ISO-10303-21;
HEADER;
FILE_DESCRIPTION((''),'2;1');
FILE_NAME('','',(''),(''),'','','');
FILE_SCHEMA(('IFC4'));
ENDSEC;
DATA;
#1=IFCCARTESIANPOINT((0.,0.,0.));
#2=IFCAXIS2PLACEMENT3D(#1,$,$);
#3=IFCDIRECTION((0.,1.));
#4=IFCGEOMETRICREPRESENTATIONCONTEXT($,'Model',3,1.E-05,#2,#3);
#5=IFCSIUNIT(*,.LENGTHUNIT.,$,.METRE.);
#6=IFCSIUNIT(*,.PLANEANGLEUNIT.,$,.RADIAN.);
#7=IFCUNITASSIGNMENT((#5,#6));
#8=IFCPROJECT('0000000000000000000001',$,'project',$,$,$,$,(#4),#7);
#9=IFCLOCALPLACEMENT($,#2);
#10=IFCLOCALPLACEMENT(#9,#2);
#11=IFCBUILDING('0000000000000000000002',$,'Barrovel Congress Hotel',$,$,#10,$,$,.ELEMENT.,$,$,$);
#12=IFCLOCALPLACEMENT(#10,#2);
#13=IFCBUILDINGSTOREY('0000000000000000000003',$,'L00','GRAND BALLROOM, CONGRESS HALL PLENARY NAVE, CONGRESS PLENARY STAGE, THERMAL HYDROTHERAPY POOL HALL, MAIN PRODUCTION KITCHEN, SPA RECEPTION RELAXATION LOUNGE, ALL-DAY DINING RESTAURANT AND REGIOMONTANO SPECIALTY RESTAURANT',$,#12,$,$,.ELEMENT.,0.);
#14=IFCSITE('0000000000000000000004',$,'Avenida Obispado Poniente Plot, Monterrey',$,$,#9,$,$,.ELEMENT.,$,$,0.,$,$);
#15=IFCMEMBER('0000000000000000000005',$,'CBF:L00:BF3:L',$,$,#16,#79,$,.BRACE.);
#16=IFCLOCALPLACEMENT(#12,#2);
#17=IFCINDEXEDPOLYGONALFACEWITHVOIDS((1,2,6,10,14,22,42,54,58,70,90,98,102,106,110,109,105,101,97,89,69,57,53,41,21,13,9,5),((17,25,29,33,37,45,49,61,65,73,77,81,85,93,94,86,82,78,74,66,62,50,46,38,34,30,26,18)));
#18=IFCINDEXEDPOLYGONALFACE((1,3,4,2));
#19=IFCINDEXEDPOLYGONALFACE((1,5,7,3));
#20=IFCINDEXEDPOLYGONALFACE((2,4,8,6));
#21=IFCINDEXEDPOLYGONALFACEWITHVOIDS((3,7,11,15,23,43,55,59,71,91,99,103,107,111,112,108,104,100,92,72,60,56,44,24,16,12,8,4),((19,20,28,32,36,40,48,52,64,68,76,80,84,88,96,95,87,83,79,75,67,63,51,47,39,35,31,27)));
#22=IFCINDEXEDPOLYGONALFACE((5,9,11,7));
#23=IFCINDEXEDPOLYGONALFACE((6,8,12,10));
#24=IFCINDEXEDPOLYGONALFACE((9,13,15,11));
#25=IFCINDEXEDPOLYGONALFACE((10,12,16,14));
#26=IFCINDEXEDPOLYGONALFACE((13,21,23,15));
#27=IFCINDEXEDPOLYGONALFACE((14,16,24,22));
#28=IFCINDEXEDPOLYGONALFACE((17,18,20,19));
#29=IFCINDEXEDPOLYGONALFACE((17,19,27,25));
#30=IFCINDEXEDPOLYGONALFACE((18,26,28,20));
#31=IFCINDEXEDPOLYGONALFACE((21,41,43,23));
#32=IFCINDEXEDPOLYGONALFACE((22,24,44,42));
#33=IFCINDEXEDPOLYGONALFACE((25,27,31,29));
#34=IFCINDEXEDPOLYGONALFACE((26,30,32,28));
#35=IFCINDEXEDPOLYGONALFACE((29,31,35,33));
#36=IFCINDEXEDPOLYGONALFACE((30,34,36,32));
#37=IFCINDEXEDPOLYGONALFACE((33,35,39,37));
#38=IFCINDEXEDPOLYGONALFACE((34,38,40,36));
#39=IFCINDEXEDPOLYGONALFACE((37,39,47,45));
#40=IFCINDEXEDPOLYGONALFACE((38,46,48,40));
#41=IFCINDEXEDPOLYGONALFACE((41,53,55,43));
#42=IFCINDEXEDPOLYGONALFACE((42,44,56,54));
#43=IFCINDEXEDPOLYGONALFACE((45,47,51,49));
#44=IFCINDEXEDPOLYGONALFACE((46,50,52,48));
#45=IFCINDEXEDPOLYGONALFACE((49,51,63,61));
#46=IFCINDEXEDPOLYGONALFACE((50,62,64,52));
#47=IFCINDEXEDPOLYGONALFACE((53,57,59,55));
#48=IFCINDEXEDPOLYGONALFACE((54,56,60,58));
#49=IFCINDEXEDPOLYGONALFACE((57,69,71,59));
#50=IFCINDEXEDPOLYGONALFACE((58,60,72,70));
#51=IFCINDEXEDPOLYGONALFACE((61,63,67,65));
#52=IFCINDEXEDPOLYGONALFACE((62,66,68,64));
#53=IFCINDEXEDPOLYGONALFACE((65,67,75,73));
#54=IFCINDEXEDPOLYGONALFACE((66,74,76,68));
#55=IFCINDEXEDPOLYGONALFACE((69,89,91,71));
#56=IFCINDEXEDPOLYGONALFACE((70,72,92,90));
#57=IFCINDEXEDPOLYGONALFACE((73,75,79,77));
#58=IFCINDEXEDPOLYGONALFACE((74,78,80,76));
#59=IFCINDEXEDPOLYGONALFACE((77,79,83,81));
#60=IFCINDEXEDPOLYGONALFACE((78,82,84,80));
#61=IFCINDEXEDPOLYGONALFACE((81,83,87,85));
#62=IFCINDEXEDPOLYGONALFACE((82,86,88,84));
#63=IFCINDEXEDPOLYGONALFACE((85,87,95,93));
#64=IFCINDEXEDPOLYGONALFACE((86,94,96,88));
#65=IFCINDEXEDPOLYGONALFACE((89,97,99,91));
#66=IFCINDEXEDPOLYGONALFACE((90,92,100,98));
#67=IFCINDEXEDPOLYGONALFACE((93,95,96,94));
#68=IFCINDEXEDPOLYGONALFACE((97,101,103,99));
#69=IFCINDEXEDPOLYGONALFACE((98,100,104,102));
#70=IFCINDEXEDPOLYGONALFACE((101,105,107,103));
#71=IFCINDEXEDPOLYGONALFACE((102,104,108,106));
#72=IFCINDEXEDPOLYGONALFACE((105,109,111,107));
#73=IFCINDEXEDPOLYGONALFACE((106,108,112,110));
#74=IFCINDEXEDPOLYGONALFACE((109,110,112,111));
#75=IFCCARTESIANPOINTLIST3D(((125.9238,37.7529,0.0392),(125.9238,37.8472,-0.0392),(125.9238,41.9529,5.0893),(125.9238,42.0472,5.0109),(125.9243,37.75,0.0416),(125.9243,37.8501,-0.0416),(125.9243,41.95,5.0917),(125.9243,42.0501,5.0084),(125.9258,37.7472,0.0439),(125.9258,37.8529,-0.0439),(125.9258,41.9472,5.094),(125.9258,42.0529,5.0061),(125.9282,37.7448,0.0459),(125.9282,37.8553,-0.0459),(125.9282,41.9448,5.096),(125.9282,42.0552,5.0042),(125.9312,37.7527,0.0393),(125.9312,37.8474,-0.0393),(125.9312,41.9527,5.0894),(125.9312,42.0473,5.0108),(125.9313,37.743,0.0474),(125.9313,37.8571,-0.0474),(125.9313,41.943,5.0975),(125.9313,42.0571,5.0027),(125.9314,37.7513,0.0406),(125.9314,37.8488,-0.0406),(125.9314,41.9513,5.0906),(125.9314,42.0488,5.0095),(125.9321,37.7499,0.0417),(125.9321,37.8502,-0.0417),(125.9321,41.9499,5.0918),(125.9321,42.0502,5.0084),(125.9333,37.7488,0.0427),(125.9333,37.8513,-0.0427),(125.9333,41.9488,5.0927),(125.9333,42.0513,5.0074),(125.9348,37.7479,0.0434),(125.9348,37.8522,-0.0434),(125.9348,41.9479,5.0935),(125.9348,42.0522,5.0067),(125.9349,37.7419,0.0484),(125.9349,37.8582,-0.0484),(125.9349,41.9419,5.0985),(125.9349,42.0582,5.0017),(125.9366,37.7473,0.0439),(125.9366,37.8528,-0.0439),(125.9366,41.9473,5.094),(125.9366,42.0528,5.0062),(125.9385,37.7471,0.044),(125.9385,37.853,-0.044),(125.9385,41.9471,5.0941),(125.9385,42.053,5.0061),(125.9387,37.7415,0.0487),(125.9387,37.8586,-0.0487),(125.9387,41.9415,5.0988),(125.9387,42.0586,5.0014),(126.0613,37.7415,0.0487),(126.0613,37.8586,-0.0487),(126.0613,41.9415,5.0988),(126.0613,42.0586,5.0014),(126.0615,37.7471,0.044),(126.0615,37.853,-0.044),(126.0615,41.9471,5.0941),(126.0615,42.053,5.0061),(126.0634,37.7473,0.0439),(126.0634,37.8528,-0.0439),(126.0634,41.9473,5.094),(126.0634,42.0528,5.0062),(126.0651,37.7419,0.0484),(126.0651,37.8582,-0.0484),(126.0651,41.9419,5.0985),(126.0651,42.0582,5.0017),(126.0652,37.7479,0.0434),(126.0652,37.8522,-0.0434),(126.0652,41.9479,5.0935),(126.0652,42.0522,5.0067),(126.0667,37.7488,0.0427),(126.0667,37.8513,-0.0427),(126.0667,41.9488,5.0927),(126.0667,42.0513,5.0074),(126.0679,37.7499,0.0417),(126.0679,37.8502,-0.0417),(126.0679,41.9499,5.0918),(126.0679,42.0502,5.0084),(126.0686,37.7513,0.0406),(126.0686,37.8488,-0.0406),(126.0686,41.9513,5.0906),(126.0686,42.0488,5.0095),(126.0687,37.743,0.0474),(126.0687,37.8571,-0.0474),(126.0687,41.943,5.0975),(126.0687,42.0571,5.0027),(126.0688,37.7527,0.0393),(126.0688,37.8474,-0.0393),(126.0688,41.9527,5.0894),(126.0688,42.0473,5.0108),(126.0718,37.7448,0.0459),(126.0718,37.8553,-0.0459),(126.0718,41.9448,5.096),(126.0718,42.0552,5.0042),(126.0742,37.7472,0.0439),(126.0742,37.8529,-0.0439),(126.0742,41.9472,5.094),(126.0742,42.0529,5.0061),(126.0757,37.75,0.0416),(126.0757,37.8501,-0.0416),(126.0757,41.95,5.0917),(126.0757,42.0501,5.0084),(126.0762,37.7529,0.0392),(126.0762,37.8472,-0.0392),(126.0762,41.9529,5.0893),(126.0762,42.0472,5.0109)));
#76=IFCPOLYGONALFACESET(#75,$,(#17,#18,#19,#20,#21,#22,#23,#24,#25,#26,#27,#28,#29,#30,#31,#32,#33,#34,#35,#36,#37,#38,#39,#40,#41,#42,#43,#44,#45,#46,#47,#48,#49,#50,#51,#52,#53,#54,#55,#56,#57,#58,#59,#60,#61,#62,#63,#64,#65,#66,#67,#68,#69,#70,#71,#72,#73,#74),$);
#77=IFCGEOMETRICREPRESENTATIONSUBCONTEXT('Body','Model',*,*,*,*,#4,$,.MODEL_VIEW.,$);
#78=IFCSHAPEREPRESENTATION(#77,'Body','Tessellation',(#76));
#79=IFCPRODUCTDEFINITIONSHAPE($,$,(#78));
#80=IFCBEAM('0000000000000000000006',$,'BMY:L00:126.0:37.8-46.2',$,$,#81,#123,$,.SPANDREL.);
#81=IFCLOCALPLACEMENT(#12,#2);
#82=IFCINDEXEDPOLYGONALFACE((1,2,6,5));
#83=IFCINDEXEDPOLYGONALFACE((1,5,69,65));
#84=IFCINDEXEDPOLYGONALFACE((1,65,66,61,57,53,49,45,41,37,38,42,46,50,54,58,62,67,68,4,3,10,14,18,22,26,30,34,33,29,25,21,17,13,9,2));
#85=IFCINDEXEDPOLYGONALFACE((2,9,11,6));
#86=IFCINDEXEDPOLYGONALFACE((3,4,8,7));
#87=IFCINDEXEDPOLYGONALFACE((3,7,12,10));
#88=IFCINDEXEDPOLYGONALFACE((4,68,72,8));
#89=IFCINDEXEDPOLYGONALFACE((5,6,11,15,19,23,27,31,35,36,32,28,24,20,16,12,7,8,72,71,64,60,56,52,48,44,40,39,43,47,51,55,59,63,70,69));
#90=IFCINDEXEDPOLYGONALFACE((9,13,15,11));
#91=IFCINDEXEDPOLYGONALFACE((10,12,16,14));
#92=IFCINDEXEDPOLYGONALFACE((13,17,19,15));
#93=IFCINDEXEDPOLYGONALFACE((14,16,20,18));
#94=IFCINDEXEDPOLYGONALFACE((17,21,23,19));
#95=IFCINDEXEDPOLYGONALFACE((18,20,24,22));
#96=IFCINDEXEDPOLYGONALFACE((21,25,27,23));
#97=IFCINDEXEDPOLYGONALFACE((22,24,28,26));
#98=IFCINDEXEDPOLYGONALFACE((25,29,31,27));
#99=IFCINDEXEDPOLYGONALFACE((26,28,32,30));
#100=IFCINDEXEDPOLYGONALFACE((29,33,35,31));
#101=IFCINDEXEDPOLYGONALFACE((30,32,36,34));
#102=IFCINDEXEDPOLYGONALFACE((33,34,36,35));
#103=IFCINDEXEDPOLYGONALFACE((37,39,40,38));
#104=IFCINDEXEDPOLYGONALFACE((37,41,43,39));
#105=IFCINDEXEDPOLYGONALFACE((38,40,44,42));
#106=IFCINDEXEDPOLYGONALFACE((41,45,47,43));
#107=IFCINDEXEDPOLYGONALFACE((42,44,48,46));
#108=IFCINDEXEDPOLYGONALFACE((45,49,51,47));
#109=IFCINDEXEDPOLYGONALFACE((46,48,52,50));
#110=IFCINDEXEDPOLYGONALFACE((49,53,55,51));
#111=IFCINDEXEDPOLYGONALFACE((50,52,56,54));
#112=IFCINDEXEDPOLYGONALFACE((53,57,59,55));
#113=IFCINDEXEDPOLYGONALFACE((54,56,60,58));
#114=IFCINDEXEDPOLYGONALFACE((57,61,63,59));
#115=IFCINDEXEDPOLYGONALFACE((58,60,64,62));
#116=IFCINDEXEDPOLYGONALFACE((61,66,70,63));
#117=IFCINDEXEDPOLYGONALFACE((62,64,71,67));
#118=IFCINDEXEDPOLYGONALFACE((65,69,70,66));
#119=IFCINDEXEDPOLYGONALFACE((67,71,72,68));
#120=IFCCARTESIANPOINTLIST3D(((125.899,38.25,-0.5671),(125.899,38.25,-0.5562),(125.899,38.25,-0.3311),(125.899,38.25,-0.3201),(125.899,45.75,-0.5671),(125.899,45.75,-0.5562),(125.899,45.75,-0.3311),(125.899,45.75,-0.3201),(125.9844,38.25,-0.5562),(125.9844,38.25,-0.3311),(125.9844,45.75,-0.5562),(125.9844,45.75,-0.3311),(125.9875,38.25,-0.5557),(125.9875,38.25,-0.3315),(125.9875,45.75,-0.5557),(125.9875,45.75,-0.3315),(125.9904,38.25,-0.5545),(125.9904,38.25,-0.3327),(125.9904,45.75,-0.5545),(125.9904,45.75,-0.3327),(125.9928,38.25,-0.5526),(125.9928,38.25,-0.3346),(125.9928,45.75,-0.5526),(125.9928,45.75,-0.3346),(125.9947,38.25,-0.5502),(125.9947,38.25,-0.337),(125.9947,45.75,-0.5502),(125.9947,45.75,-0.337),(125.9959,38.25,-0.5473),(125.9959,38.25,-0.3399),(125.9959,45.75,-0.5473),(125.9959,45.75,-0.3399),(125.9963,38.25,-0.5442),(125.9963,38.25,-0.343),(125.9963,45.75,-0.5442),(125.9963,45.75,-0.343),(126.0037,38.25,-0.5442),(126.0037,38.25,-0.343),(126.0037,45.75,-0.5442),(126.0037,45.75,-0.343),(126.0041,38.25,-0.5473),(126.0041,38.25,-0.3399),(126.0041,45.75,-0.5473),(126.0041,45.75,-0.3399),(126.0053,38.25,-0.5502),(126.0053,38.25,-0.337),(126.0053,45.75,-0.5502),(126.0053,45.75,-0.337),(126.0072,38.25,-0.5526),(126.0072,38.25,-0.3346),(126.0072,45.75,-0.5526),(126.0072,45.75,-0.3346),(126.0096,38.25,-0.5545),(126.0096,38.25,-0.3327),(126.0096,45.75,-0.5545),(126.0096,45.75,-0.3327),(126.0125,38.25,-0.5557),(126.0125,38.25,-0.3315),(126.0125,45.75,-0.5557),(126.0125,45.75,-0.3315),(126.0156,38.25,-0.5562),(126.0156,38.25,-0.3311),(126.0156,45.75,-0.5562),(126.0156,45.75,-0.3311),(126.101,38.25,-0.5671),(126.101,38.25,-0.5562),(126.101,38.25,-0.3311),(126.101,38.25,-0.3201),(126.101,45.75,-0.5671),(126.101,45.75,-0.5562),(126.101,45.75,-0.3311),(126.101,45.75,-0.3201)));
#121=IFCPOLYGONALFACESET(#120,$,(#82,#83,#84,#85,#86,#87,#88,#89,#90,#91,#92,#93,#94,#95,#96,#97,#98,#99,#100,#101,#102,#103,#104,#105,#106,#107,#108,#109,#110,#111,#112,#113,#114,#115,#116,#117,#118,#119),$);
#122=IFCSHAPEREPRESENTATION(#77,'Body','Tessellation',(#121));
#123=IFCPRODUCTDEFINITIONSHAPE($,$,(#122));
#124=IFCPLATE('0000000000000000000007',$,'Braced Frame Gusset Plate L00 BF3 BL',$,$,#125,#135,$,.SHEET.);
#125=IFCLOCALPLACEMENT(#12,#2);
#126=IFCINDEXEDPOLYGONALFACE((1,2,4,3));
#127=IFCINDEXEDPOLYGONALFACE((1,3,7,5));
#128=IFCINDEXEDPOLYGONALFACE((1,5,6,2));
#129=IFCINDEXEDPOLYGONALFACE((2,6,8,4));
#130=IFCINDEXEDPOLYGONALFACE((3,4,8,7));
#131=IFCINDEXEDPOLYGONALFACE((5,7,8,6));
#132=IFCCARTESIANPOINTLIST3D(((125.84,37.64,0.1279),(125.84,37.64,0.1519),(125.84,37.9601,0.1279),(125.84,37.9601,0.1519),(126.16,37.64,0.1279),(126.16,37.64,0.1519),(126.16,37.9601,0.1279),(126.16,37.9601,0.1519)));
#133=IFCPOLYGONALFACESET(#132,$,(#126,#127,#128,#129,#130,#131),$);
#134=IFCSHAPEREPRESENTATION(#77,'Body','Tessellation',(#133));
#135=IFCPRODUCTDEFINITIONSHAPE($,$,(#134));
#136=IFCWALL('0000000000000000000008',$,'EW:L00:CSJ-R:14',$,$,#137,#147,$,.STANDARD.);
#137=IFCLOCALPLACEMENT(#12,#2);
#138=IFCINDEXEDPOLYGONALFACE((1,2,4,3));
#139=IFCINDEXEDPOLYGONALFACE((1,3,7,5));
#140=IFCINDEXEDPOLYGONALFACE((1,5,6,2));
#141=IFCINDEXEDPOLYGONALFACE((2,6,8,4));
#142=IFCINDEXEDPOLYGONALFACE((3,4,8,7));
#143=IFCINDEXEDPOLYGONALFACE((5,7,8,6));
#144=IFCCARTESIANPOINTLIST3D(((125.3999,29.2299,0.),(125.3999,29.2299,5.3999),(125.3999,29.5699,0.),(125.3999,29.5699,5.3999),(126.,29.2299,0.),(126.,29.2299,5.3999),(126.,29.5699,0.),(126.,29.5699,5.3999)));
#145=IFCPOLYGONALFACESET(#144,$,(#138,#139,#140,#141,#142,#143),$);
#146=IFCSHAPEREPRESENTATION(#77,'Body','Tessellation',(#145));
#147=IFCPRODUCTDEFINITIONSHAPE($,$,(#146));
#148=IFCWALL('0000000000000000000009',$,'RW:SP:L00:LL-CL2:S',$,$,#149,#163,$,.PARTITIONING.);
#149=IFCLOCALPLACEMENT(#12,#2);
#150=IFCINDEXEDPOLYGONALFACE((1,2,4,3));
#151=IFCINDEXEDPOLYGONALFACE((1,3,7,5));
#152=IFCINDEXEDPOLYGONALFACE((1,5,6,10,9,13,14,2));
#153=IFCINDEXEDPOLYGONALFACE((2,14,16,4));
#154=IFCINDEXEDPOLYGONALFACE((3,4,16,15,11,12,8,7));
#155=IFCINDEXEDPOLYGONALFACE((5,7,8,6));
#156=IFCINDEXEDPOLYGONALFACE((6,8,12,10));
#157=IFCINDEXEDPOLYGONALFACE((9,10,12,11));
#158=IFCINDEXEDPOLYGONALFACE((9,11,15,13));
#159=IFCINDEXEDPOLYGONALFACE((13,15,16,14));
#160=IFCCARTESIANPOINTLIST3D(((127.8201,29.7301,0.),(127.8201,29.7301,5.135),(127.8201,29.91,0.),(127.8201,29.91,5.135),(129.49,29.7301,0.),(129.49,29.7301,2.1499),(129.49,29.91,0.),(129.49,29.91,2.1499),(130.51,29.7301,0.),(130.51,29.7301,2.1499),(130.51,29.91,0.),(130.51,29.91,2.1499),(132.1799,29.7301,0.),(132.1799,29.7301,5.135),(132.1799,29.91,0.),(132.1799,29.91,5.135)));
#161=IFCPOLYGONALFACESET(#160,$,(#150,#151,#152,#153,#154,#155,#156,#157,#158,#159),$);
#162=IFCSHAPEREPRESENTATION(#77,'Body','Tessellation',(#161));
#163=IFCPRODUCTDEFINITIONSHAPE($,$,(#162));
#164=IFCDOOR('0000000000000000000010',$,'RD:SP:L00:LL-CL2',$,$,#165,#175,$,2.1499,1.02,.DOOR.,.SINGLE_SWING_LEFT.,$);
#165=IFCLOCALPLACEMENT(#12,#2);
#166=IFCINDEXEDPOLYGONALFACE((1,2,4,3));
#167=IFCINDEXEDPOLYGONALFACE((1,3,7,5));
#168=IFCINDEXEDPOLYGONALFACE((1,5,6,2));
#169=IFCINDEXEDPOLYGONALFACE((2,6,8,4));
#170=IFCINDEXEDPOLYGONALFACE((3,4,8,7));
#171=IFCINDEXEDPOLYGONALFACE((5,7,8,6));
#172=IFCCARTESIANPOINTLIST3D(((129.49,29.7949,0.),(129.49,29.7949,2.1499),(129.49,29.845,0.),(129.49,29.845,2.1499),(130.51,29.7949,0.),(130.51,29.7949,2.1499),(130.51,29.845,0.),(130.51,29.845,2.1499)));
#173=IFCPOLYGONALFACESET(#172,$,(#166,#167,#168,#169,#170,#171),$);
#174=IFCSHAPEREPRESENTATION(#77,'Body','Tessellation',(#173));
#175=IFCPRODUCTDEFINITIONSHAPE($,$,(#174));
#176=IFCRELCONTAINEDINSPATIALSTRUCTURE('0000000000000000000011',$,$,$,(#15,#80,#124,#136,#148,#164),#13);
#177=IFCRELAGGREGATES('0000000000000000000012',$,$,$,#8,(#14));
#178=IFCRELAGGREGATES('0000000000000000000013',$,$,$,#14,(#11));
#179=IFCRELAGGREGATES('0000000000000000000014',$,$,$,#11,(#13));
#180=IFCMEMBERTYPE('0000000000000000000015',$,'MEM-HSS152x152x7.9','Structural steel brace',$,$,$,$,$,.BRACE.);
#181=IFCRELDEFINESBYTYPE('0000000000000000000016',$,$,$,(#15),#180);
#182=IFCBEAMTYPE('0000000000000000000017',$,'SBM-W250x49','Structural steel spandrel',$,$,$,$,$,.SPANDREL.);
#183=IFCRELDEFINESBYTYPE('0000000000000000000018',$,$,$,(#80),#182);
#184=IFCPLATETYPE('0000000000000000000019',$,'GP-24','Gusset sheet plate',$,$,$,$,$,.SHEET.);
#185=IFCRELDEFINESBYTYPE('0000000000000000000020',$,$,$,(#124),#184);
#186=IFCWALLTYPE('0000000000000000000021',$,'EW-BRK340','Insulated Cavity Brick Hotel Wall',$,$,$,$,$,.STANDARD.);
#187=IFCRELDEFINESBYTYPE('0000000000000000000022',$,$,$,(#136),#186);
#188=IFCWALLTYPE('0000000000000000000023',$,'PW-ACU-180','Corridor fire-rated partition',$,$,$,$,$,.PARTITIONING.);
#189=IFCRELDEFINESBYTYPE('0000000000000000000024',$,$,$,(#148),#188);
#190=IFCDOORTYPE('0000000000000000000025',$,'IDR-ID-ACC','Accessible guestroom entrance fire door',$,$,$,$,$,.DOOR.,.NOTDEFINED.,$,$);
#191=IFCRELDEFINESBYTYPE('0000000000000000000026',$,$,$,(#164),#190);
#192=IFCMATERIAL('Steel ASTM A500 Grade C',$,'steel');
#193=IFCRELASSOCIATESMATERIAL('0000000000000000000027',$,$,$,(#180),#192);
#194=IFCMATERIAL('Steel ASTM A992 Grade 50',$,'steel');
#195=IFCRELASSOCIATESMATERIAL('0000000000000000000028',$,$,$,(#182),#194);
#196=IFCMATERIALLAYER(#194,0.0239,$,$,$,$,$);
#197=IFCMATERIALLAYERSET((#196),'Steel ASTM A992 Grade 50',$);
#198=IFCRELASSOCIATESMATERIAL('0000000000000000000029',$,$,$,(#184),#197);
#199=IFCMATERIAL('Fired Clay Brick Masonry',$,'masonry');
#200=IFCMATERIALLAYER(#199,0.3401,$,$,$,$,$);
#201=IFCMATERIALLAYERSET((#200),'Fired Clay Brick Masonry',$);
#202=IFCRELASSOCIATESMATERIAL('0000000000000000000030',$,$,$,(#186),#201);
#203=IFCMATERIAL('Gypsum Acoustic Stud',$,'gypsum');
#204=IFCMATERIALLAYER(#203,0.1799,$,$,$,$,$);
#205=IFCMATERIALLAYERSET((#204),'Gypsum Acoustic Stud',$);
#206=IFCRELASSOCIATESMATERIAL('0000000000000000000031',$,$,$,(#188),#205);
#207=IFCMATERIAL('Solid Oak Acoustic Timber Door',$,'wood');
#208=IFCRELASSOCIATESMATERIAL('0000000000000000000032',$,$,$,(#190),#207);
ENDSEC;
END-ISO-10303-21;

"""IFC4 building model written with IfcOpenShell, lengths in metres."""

from ifc_helpers import new_model, si_unit, direction, frame, frame_2d, origin, origin_2d, place, context, subcontext, project, spatial, rectangle, hollow_rectangle, i_section, extrude, material, layer, layer_set, material_profile, profile_set, type_object, element, fill, save


model = new_model("IFC4")

# Units and contexts
model_context = context("Model", 3, precision=1e-05, world=origin(), true_north=direction((0.0, 1.0)))
body_context = subcontext(model_context, "Body", "Model", "MODEL_VIEW")
ifc_project = project(units=[si_unit("LENGTHUNIT", "METRE"), si_unit("PLANEANGLEUNIT", "RADIAN")], contexts=[model_context])

# Site, building, storey
site_placement = place(None, origin())
site = spatial("IfcSite", under=ifc_project, at=site_placement, Name="Avenida Obispado Poniente Plot, Monterrey", CompositionType="ELEMENT", RefElevation=0.0)
building_placement = place(site_placement, origin())
building = spatial("IfcBuilding", under=site, at=building_placement, Name="Barrovel Congress Hotel", CompositionType="ELEMENT")
storey_placement = place(building_placement, origin())
storey = spatial("IfcBuildingStorey", under=building, at=storey_placement, Name="L00", Description="GRAND BALLROOM, CONGRESS HALL PLENARY NAVE, CONGRESS PLENARY STAGE, THERMAL HYDROTHERAPY POOL HALL, MAIN PRODUCTION KITCHEN, SPA RECEPTION RELAXATION LOUNGE, ALL-DAY DINING RESTAURANT AND REGIOMONTANO SPECIALTY RESTAURANT", CompositionType="ELEMENT", Elevation=0.0)

# Member
ifc_material_1 = material(Name="Steel ASTM A500 Grade C", Category="steel")
ifc_material_profile_1 = material_profile(ifc_material_1, hollow_rectangle(XDim=0.1523, YDim=0.1523, WallThickness=0.0073, InnerFilletRadius=0.0073, OuterFilletRadius=0.0149, at=origin_2d()), Name="HSS152x152x7.9")
ifc_profile_set_1 = profile_set([ifc_material_profile_1], Name="Steel ASTM A500 Grade C")
member_type_1 = type_object("IfcMemberType", Name="MEM-HSS152x152x7.9", Description="Structural steel brace", PredefinedType="BRACE", material=ifc_profile_set_1)
member_1_placement = place(storey_placement, frame((126.0, 37.8, 0.0), z_axis=(0.0, 0.639427, 0.768852), x_axis=(-1.0, 0.0, 0.0)))
element("IfcMember", 1, at=member_1_placement, inside=storey, type_object=member_type_1, Name="CBF:L00:BF3:L", PredefinedType="BRACE", context=body_context, shape_type="SweptSolid", body=[
    extrude(hollow_rectangle(XDim=0.1523, YDim=0.1523, WallThickness=0.0073, InnerFilletRadius=0.0073, OuterFilletRadius=0.0149, at=origin_2d()), origin(), (0.0, 0.0, 1.0), 6.5684),
])

# Beam
ifc_material_2 = material(Name="Steel ASTM A992 Grade 50", Category="steel")
ifc_material_profile_2 = material_profile(ifc_material_2, i_section(OverallWidth=0.2019, OverallDepth=0.2471, WebThickness=0.0073, FlangeThickness=0.011, FilletRadius=0.012, at=origin_2d()), Name="W250x49")
ifc_profile_set_2 = profile_set([ifc_material_profile_2], Name="Steel ASTM A992 Grade 50")
beam_type_1 = type_object("IfcBeamType", Name="SBM-W250x49", Description="Structural steel spandrel", PredefinedType="SPANDREL", material=ifc_profile_set_2)
beam_1_placement = place(storey_placement, frame((126.0, 38.25, -0.4436), z_axis=(0.0, 1.0, 0.0), x_axis=(-1.0, 0.0, 0.0)))
element("IfcBeam", 2, at=beam_1_placement, inside=storey, type_object=beam_type_1, Name="BMY:L00:126.0:37.8-46.2", PredefinedType="SPANDREL", context=body_context, shape_type="SweptSolid", body=[
    extrude(i_section(OverallWidth=0.2019, OverallDepth=0.2471, WebThickness=0.0073, FlangeThickness=0.011, FilletRadius=0.012, at=origin_2d()), origin(), (0.0, 0.0, 1.0), 7.5),
])

# Plate
ifc_layer_1 = layer(ifc_material_2, 0.0239)
ifc_layer_set_1 = layer_set([ifc_layer_1], Name="Steel ASTM A992 Grade 50")
plate_type = type_object("IfcPlateType", Name="GP-24", Description="Gusset sheet plate", PredefinedType="SHEET", material=ifc_layer_set_1)
plate_placement = place(storey_placement, frame((126.0, 37.8, 0.1279), z_axis=(0.0, 0.0, 1.0), x_axis=(1.0, 0.0, 0.0)))
element("IfcPlate", 3, at=plate_placement, inside=storey, type_object=plate_type, Name="Braced Frame Gusset Plate L00 BF3 BL", PredefinedType="SHEET", context=body_context, shape_type="SweptSolid", body=[
    extrude(rectangle(XDim=0.3201, YDim=0.3201, at=origin_2d()), origin(), (0.0, 0.0, 1.0), 0.0239),
])

# Wall
ifc_material_3 = material(Name="Fired Clay Brick Masonry", Category="masonry")
ifc_layer_2 = layer(ifc_material_3, 0.3401)
ifc_layer_set_2 = layer_set([ifc_layer_2], Name="Fired Clay Brick Masonry")
wall_type_1 = type_object("IfcWallType", Name="EW-BRK340", Description="Insulated Cavity Brick Hotel Wall", PredefinedType="STANDARD", material=ifc_layer_set_2)
wall_1_placement = place(storey_placement, frame((126.0, 29.3999, 0.0), z_axis=(0.0, 0.0, 1.0), x_axis=(-1.0, 0.0, 0.0)))
element("IfcWall", 4, at=wall_1_placement, inside=storey, type_object=wall_type_1, Name="EW:L00:CSJ-R:14", PredefinedType="STANDARD", context=body_context, shape_type="SweptSolid", body=[
    extrude(rectangle(XDim=0.6001, YDim=0.3401, at=frame_2d((0.3, 0.0))), origin(), (0.0, 0.0, 1.0), 5.3999),
])

# Wall, opening, door
ifc_material_4 = material(Name="Gypsum Acoustic Stud", Category="gypsum")
ifc_layer_3 = layer(ifc_material_4, 0.1799)
ifc_layer_set_3 = layer_set([ifc_layer_3], Name="Gypsum Acoustic Stud")
wall_type_2 = type_object("IfcWallType", Name="PW-ACU-180", Description="Corridor fire-rated partition", PredefinedType="PARTITIONING", material=ifc_layer_set_3)
wall_2_placement = place(storey_placement, frame((127.8201, 29.8201, 0.0), z_axis=(0.0, 0.0, 1.0), x_axis=(1.0, 0.0, 0.0)))
wall_2 = element("IfcWall", 5, at=wall_2_placement, inside=storey, type_object=wall_type_2, Name="RW:SP:L00:LL-CL2:S", PredefinedType="PARTITIONING", context=body_context, shape_type="SweptSolid", body=[
    extrude(rectangle(XDim=4.3599, YDim=0.1799, at=frame_2d((2.1799, 0.0))), origin(), (0.0, 0.0, 1.0), 5.135),
])
opening_1_placement = place(wall_2_placement, frame((1.6699, 0.0, 0.0)))
opening_1 = element("IfcOpeningElement", 6, at=opening_1_placement, cuts=wall_2, PredefinedType="OPENING", context=body_context, shape_type="SweptSolid", body=[
    extrude(rectangle(XDim=1.02, YDim=2.1499, at=frame_2d((0.51, 1.075))), frame((0.0, 0.1001, 0.0), z_axis=(0.0, -1.0, 0.0), x_axis=(1.0, 0.0, 0.0)), (0.0, 0.0, 1.0), 0.2),
])
ifc_material_5 = material(Name="Solid Oak Acoustic Timber Door", Category="wood")
door_type_1 = type_object("IfcDoorType", Name="IDR-ID-ACC", Description="Accessible guestroom entrance fire door", OperationType="NOTDEFINED", PredefinedType="DOOR", material=ifc_material_5)
door_1_placement = place(opening_1_placement, origin())
door_1 = element("IfcDoor", 7, at=door_1_placement, inside=storey, type_object=door_type_1, Name="RD:SP:L00:LL-CL2", OperationType="SINGLE_SWING_LEFT", OverallHeight=2.1499, OverallWidth=1.02, PredefinedType="DOOR", context=body_context, shape_type="SweptSolid", body=[
    extrude(rectangle(XDim=1.02, YDim=2.1499, at=frame_2d((0.51, 1.075))), frame((0.0, 0.0249, 0.0), z_axis=(0.0, -1.0, 0.0), x_axis=(1.0, 0.0, 0.0)), (0.0, 0.0, 1.0), 0.05),
])
fill(opening_1, door_1)

save(model, "model.ifc")
